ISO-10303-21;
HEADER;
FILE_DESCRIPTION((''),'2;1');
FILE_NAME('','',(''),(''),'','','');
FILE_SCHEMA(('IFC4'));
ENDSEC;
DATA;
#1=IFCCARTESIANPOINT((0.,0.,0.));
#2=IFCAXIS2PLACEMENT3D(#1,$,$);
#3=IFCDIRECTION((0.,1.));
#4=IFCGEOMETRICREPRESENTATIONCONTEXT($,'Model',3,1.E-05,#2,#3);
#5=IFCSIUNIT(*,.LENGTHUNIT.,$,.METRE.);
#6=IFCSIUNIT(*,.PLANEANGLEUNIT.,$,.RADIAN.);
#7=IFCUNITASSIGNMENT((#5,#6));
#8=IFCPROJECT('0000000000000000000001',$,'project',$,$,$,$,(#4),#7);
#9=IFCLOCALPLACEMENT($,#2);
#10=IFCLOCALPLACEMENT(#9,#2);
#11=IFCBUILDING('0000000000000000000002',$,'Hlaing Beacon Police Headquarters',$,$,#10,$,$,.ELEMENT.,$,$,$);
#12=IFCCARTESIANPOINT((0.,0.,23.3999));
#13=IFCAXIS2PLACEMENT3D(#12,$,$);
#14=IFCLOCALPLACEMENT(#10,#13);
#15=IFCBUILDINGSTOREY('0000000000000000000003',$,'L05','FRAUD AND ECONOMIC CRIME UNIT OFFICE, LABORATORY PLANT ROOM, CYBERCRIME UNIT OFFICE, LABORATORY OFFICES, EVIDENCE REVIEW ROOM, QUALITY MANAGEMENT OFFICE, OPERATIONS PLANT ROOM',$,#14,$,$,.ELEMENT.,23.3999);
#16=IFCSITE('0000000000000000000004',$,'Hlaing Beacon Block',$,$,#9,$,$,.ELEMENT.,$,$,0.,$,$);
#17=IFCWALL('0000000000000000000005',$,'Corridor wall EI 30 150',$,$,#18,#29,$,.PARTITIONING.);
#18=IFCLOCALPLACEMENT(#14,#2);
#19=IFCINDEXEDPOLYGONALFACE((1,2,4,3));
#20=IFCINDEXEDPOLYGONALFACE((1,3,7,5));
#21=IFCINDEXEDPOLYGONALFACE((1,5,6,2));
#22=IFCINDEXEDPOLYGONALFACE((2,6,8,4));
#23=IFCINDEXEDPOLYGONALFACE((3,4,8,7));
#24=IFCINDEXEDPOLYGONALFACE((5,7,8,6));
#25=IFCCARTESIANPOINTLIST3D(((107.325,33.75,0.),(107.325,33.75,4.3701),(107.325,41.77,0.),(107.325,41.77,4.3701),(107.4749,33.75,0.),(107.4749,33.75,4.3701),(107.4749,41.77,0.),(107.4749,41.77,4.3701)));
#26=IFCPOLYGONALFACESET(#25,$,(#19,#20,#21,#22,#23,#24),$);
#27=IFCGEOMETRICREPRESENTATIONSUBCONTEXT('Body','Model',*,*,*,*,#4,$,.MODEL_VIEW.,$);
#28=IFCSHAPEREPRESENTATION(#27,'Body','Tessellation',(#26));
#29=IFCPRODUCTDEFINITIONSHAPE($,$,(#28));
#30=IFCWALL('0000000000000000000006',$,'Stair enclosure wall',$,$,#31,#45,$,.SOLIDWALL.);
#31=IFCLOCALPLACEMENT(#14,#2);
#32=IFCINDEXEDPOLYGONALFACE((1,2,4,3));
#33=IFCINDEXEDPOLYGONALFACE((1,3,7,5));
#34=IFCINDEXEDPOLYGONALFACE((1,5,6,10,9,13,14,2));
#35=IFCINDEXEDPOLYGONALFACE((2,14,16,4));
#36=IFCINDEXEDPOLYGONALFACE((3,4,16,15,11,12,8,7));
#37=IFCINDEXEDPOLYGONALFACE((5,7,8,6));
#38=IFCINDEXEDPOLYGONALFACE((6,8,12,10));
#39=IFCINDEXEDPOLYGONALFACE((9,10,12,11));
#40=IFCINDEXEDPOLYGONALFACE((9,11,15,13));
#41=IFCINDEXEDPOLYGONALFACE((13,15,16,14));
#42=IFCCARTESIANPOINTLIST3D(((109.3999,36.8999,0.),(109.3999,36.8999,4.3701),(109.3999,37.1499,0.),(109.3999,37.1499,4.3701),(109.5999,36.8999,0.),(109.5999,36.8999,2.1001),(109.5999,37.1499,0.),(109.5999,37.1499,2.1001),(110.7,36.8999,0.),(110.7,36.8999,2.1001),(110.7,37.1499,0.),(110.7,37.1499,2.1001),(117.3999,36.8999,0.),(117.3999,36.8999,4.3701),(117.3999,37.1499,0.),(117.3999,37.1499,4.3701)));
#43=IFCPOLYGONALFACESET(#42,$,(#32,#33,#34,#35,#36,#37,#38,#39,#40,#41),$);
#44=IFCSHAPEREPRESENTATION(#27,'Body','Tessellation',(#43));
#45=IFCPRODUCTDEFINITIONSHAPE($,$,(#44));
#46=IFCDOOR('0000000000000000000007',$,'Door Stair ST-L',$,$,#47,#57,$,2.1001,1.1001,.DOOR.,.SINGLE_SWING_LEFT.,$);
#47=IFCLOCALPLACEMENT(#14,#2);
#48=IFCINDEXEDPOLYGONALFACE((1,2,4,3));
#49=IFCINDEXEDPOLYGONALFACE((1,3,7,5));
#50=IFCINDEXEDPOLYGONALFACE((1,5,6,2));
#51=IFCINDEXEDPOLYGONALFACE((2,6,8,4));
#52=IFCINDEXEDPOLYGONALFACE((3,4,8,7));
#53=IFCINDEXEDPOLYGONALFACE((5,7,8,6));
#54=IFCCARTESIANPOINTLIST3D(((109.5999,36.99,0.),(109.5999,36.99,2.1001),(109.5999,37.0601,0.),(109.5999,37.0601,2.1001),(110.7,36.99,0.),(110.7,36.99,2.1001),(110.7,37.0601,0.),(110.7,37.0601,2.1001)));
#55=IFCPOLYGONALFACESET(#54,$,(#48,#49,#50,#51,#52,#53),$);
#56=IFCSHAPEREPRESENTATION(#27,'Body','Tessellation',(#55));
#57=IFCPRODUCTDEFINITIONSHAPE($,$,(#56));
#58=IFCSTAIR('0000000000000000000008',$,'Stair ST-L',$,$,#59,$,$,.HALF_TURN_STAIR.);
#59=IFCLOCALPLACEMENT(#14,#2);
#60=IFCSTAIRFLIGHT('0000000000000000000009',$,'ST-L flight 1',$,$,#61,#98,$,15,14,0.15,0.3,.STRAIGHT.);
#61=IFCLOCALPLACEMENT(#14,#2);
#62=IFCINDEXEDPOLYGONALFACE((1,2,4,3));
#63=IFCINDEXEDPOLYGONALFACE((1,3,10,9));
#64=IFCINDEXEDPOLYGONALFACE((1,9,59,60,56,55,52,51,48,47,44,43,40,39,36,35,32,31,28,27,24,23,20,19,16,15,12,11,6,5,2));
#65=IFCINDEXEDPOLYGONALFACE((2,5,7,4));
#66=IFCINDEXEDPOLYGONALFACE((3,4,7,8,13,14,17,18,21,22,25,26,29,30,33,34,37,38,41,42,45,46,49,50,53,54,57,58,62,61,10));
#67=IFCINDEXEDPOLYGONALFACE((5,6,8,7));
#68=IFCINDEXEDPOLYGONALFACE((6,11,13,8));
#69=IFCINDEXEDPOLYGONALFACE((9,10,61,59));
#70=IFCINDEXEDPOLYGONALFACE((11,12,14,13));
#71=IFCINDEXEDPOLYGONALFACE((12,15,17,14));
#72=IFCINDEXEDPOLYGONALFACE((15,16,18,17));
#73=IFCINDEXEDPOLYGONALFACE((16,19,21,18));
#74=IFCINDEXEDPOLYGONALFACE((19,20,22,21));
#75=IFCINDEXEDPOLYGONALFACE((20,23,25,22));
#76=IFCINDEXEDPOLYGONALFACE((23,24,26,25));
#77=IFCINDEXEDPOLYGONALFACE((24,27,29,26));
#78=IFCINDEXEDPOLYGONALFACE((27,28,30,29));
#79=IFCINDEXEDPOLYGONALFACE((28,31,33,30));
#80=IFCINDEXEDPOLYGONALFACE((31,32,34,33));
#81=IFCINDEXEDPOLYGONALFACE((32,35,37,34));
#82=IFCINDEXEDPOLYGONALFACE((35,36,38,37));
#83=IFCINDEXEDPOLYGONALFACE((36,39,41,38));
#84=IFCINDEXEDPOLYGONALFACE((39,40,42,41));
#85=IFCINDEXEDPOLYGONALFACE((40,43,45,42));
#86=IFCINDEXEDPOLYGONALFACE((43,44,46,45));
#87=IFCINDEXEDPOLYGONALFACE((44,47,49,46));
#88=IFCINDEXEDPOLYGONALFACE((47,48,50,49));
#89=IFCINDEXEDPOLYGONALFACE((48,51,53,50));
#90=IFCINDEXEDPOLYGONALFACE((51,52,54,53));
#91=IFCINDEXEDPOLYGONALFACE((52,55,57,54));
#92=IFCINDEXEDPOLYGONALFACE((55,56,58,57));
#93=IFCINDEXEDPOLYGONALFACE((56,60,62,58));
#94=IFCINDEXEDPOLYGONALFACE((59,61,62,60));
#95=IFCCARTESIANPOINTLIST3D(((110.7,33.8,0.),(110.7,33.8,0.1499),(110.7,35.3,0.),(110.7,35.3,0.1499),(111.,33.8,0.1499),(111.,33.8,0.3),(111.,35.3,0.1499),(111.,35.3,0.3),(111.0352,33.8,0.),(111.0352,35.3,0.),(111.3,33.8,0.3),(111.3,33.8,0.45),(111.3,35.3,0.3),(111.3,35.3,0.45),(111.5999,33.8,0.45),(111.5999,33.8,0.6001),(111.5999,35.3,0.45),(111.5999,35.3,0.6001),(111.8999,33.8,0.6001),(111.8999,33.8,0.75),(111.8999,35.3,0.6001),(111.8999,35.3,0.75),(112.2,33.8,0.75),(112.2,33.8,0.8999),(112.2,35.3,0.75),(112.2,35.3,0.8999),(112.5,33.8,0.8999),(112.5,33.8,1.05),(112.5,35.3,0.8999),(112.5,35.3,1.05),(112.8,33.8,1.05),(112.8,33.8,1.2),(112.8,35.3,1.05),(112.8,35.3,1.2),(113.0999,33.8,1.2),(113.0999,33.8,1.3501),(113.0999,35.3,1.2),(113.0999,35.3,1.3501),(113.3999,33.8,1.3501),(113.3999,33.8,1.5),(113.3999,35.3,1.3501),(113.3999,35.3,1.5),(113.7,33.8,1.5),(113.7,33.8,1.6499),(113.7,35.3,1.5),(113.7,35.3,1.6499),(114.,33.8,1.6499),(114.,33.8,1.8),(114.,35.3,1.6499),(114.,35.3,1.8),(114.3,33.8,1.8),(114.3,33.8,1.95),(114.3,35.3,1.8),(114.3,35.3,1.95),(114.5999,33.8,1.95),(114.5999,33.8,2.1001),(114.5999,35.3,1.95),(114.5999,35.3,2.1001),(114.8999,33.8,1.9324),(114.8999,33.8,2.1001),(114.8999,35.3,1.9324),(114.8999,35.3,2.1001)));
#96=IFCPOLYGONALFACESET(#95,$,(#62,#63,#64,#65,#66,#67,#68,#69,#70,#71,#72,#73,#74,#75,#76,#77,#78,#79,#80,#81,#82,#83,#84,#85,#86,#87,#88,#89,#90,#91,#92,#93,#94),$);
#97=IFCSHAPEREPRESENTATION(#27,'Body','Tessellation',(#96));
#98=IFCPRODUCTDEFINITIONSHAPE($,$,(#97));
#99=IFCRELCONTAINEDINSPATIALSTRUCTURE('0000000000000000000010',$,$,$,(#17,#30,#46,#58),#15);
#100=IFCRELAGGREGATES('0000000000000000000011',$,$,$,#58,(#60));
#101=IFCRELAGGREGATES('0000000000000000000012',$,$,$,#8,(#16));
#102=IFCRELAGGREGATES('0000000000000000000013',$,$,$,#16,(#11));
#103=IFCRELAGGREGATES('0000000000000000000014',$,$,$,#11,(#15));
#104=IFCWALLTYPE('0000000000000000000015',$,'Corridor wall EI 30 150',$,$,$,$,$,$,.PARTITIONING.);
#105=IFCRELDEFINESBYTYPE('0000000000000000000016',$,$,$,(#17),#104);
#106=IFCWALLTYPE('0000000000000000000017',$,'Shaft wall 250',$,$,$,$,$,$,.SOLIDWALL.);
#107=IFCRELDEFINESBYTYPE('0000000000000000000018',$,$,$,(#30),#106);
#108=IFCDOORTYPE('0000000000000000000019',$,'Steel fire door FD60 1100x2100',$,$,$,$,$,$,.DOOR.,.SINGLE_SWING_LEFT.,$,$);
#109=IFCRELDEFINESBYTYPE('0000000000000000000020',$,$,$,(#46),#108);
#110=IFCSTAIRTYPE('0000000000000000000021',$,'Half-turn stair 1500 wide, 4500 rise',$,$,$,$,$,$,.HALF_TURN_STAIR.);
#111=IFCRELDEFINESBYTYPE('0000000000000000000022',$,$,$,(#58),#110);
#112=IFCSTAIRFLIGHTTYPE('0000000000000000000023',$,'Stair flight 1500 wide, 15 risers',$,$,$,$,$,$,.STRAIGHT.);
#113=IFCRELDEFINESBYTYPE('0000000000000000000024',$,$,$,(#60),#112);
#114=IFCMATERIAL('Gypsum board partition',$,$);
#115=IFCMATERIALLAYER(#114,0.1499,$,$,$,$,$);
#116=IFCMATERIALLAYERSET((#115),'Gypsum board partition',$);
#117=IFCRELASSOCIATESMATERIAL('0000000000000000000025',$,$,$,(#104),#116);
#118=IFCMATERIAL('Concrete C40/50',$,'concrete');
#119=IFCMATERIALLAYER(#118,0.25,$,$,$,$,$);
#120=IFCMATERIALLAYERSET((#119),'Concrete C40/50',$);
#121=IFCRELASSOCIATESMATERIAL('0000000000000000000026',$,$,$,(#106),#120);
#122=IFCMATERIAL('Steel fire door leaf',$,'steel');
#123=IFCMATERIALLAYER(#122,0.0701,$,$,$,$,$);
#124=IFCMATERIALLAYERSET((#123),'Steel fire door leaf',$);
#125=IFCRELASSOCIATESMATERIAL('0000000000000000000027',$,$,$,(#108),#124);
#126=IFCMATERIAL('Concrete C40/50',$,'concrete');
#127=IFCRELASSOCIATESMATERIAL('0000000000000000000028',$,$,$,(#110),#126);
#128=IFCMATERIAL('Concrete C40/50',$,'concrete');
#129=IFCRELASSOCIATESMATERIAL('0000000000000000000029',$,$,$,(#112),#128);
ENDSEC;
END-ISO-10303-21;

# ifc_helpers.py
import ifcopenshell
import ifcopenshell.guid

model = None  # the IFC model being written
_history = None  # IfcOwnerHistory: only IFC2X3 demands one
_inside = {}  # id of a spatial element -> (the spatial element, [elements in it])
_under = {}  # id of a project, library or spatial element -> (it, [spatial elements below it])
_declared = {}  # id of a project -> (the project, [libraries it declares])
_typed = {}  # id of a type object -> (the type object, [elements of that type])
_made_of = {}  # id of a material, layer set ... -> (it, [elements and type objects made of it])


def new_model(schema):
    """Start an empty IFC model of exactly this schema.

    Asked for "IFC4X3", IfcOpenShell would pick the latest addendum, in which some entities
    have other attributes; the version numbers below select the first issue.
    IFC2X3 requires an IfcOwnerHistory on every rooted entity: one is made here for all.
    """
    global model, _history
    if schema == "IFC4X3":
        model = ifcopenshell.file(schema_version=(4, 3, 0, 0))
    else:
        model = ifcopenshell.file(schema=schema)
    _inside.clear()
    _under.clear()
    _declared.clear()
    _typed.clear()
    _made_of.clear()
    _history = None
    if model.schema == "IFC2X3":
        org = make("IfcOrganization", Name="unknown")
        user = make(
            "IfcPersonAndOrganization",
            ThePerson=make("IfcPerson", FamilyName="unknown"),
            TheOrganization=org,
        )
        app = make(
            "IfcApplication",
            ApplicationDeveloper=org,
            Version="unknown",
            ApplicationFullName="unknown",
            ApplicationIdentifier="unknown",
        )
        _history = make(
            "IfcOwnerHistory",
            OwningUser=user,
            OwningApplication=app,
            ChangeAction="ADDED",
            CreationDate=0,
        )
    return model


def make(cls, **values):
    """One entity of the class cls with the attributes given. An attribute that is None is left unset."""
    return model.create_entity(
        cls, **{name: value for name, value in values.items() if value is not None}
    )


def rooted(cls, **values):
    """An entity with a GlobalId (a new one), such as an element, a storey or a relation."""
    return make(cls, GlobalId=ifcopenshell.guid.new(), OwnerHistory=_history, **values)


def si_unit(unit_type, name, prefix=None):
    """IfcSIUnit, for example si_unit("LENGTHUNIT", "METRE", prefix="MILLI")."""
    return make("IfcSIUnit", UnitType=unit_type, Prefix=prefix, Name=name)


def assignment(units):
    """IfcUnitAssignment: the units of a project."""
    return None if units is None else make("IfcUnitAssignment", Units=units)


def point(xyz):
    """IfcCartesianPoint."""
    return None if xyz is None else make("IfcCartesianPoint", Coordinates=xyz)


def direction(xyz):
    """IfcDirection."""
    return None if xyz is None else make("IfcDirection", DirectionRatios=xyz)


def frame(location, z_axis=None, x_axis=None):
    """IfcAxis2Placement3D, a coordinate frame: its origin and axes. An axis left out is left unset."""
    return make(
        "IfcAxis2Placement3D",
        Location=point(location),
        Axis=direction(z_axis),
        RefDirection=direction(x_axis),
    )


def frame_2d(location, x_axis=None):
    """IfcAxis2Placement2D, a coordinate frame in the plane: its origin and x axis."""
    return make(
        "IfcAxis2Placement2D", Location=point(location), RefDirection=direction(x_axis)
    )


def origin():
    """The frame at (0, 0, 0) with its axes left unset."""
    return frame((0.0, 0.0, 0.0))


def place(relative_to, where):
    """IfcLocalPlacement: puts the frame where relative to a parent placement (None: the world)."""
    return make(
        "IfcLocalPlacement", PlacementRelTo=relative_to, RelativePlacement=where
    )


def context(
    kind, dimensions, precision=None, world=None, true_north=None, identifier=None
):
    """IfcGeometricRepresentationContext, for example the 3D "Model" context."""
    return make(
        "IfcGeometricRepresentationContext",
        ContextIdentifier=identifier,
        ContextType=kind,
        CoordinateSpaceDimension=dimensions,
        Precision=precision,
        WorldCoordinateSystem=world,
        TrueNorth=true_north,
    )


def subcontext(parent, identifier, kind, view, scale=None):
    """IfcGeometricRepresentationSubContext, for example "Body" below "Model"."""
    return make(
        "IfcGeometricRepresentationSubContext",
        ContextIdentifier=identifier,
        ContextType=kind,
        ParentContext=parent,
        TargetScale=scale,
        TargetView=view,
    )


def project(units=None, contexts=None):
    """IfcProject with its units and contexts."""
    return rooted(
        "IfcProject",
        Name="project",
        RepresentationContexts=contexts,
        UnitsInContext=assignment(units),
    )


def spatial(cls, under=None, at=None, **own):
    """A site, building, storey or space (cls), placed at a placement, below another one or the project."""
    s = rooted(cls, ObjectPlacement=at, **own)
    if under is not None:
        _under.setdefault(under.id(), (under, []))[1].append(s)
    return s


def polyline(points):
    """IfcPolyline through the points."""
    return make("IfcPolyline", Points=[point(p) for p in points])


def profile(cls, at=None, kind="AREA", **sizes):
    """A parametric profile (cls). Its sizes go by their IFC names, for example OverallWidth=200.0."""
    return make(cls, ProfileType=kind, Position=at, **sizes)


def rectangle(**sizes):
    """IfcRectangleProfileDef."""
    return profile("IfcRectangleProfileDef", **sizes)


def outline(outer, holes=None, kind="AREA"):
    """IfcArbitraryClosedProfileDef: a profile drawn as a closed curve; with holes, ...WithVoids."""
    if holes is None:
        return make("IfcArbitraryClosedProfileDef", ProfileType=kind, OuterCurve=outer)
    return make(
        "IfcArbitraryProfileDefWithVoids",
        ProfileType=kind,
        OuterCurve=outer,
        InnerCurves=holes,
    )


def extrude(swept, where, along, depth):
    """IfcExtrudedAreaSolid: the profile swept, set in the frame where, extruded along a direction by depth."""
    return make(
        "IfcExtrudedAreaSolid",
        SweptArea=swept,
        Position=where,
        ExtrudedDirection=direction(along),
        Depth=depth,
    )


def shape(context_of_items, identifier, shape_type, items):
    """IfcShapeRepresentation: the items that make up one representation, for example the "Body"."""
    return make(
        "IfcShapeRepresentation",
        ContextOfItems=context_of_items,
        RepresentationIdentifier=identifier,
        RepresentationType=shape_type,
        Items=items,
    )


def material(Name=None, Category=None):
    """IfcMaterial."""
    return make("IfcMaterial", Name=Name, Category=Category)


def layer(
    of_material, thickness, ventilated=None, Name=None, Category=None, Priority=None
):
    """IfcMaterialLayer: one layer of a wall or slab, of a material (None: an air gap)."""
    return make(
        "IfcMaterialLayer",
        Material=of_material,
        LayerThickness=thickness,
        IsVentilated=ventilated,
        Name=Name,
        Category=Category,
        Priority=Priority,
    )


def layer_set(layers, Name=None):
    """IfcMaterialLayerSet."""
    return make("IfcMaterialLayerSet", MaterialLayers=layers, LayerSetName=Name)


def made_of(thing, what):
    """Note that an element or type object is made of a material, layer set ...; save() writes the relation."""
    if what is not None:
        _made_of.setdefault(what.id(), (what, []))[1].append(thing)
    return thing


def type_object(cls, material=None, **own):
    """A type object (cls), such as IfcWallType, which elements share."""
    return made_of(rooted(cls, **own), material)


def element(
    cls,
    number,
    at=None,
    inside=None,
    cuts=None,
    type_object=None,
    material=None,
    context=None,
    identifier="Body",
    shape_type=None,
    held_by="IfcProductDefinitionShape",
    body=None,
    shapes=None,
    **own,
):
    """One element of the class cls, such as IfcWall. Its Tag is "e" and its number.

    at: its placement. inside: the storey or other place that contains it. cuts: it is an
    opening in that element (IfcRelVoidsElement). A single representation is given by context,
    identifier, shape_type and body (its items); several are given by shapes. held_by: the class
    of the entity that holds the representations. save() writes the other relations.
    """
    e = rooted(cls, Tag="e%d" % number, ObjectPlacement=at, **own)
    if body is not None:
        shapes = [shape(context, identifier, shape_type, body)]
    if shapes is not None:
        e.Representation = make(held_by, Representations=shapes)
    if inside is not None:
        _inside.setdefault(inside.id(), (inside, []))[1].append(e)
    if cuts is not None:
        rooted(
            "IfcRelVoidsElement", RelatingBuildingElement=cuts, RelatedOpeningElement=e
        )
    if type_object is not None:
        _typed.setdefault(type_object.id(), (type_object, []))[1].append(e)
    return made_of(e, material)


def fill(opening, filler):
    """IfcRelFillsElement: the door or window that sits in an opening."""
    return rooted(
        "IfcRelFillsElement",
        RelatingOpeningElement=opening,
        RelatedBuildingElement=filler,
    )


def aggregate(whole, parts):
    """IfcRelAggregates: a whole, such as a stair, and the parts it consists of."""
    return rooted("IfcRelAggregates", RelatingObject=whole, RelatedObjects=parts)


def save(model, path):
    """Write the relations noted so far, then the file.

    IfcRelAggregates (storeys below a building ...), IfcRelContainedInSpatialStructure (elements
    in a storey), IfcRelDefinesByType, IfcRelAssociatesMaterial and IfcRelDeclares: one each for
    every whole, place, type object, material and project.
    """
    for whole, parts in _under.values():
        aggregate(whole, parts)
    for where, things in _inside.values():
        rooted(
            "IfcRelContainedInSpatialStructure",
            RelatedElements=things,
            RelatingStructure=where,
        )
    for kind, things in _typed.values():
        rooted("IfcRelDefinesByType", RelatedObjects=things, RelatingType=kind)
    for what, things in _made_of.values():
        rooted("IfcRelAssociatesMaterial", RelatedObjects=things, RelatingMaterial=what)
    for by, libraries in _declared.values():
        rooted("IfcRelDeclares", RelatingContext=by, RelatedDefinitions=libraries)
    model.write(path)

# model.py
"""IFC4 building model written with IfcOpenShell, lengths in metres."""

from ifc_helpers import new_model, si_unit, direction, frame, frame_2d, origin, place, context, subcontext, project, spatial, polyline, rectangle, outline, extrude, material, layer, layer_set, type_object, element, fill, aggregate, save


model = new_model("IFC4")

# Units and contexts
model_context = context("Model", 3, precision=1e-05, world=origin(), true_north=direction((0.0, 1.0)))
body_context = subcontext(model_context, "Body", "Model", "MODEL_VIEW")
ifc_project = project(units=[si_unit("LENGTHUNIT", "METRE"), si_unit("PLANEANGLEUNIT", "RADIAN")], contexts=[model_context])

# Site, building, storey
site_placement = place(None, origin())
site = spatial("IfcSite", under=ifc_project, at=site_placement, Name="Hlaing Beacon Block", CompositionType="ELEMENT", RefElevation=0.0)
building_placement = place(site_placement, origin())
building = spatial("IfcBuilding", under=site, at=building_placement, Name="Hlaing Beacon Police Headquarters", CompositionType="ELEMENT")
storey_placement = place(building_placement, frame((0.0, 0.0, 23.3999)))
storey = spatial("IfcBuildingStorey", under=building, at=storey_placement, Name="L05", Description="FRAUD AND ECONOMIC CRIME UNIT OFFICE, LABORATORY PLANT ROOM, CYBERCRIME UNIT OFFICE, LABORATORY OFFICES, EVIDENCE REVIEW ROOM, QUALITY MANAGEMENT OFFICE, OPERATIONS PLANT ROOM", CompositionType="ELEMENT", Elevation=23.3999)

# Wall
ifc_material_1 = material(Name="Gypsum board partition")
ifc_layer_1 = layer(ifc_material_1, 0.1499)
ifc_layer_set_1 = layer_set([ifc_layer_1], Name="Gypsum board partition")
wall_type_1 = type_object("IfcWallType", Name="Corridor wall EI 30 150", PredefinedType="PARTITIONING", material=ifc_layer_set_1)
wall_1_placement = place(storey_placement, frame((107.3999, 33.75, 0.0), z_axis=(0.0, 0.0, 1.0), x_axis=(0.0, 1.0, 0.0)))
element("IfcWall", 1, at=wall_1_placement, inside=storey, type_object=wall_type_1, Name="Corridor wall EI 30 150", PredefinedType="PARTITIONING", context=body_context, shape_type="SweptSolid", body=[
    extrude(rectangle(XDim=8.02, YDim=0.1499, at=frame_2d((4.01, 0.0))), origin(), (0.0, 0.0, 1.0), 4.3701),
])

# Wall, opening, door
ifc_material_2 = material(Name="Concrete C40/50", Category="concrete")
ifc_layer_2 = layer(ifc_material_2, 0.25)
ifc_layer_set_2 = layer_set([ifc_layer_2], Name="Concrete C40/50")
wall_type_2 = type_object("IfcWallType", Name="Shaft wall 250", PredefinedType="SOLIDWALL", material=ifc_layer_set_2)
wall_2_placement = place(storey_placement, frame((109.3999, 37.0249, 0.0), z_axis=(0.0, 0.0, 1.0), x_axis=(1.0, 0.0, 0.0)))
wall_2 = element("IfcWall", 2, at=wall_2_placement, inside=storey, type_object=wall_type_2, Name="Stair enclosure wall", PredefinedType="SOLIDWALL", context=body_context, shape_type="SweptSolid", body=[
    extrude(rectangle(XDim=8.0, YDim=0.25, at=frame_2d((4.0, 0.0))), origin(), (0.0, 0.0, 1.0), 4.3701),
])
opening_1_placement = place(wall_2_placement, frame((0.2, 0.0, 0.0)))
opening_1 = element("IfcOpeningElement", 3, at=opening_1_placement, cuts=wall_2, PredefinedType="OPENING", context=body_context, shape_type="SweptSolid", body=[
    extrude(rectangle(XDim=1.1001, YDim=2.1001, at=frame_2d((0.55, 1.05))), frame((0.0, 0.135, 0.0), z_axis=(0.0, -1.0, 0.0), x_axis=(1.0, 0.0, 0.0)), (0.0, 0.0, 1.0), 0.27),
])
ifc_material_3 = material(Name="Steel fire door leaf", Category="steel")
ifc_layer_3 = layer(ifc_material_3, 0.0701)
ifc_layer_set_3 = layer_set([ifc_layer_3], Name="Steel fire door leaf")
door_type_1 = type_object("IfcDoorType", Name="Steel fire door FD60 1100x2100", OperationType="SINGLE_SWING_LEFT", PredefinedType="DOOR", material=ifc_layer_set_3)
door_1_placement = place(opening_1_placement, frame((1.1001, 0.0, 0.0), z_axis=(0.0, 0.0, 1.0), x_axis=(-1.0, 0.0, 0.0)))
door_1 = element("IfcDoor", 4, at=door_1_placement, inside=storey, type_object=door_type_1, Name="Door Stair ST-L", OperationType="SINGLE_SWING_LEFT", OverallHeight=2.1001, OverallWidth=1.1001, PredefinedType="DOOR", context=body_context, shape_type="SweptSolid", body=[
    extrude(rectangle(XDim=1.1001, YDim=2.1001, at=frame_2d((0.55, 1.05))), frame((0.0, 0.0349, 0.0), z_axis=(0.0, -1.0, 0.0), x_axis=(1.0, 0.0, 0.0)), (0.0, 0.0, 1.0), 0.0701),
])
fill(opening_1, door_1)

# Stair, stair flight
ifc_material_4 = material(Name="Concrete C40/50", Category="concrete")
stair_type = type_object("IfcStairType", Name="Half-turn stair 1500 wide, 4500 rise", PredefinedType="HALF_TURN_STAIR", material=ifc_material_4)
stair_placement = place(storey_placement, origin())
stair = element("IfcStair", 5, at=stair_placement, inside=storey, type_object=stair_type, Name="Stair ST-L", PredefinedType="HALF_TURN_STAIR")
ifc_material_5 = material(Name="Concrete C40/50", Category="concrete")
stair_flight_type = type_object("IfcStairFlightType", Name="Stair flight 1500 wide, 15 risers", PredefinedType="STRAIGHT", material=ifc_material_5)
stair_flight_placement = place(storey_placement, frame((110.7, 34.55, 0.0), z_axis=(0.0, 0.0, 1.0), x_axis=(1.0, 0.0, 0.0)))
stair_flight = element("IfcStairFlight", 6, at=stair_flight_placement, type_object=stair_flight_type, Name="ST-L flight 1", NumberOfRisers=15, NumberOfTreads=14, PredefinedType="STRAIGHT", RiserHeight=0.15, TreadLength=0.3, context=body_context, shape_type="SweptSolid", body=[
    extrude(outline(polyline([(0.0, 0.0), (0.0, 0.1499), (0.3, 0.1499), (0.3, 0.3), (0.6001, 0.3), (0.6001, 0.45), (0.8999, 0.45), (0.8999, 0.6001), (1.2, 0.6001), (1.2, 0.75), (1.5, 0.75), (1.5, 0.8999), (1.8, 0.8999), (1.8, 1.05), (2.1001, 1.05), (2.1001, 1.2), (2.3999, 1.2), (2.3999, 1.3501), (2.7, 1.3501), (2.7, 1.5), (3.0, 1.5), (3.0, 1.6499), (3.3, 1.6499), (3.3, 1.8), (3.6001, 1.8), (3.6001, 1.95), (3.8999, 1.95), (3.8999, 2.1001), (4.2, 2.1001), (4.2, 2.25), (4.2, 1.9324), (0.3352, 0.0), (0.0, 0.0)])), frame((0.0, 0.75, 0.0), z_axis=(0.0, -1.0, 0.0), x_axis=(1.0, 0.0, 0.0)), (0.0, 0.0, 1.0), 1.5),
])
aggregate(stair, [stair_flight])

save(model, "model.ifc")
